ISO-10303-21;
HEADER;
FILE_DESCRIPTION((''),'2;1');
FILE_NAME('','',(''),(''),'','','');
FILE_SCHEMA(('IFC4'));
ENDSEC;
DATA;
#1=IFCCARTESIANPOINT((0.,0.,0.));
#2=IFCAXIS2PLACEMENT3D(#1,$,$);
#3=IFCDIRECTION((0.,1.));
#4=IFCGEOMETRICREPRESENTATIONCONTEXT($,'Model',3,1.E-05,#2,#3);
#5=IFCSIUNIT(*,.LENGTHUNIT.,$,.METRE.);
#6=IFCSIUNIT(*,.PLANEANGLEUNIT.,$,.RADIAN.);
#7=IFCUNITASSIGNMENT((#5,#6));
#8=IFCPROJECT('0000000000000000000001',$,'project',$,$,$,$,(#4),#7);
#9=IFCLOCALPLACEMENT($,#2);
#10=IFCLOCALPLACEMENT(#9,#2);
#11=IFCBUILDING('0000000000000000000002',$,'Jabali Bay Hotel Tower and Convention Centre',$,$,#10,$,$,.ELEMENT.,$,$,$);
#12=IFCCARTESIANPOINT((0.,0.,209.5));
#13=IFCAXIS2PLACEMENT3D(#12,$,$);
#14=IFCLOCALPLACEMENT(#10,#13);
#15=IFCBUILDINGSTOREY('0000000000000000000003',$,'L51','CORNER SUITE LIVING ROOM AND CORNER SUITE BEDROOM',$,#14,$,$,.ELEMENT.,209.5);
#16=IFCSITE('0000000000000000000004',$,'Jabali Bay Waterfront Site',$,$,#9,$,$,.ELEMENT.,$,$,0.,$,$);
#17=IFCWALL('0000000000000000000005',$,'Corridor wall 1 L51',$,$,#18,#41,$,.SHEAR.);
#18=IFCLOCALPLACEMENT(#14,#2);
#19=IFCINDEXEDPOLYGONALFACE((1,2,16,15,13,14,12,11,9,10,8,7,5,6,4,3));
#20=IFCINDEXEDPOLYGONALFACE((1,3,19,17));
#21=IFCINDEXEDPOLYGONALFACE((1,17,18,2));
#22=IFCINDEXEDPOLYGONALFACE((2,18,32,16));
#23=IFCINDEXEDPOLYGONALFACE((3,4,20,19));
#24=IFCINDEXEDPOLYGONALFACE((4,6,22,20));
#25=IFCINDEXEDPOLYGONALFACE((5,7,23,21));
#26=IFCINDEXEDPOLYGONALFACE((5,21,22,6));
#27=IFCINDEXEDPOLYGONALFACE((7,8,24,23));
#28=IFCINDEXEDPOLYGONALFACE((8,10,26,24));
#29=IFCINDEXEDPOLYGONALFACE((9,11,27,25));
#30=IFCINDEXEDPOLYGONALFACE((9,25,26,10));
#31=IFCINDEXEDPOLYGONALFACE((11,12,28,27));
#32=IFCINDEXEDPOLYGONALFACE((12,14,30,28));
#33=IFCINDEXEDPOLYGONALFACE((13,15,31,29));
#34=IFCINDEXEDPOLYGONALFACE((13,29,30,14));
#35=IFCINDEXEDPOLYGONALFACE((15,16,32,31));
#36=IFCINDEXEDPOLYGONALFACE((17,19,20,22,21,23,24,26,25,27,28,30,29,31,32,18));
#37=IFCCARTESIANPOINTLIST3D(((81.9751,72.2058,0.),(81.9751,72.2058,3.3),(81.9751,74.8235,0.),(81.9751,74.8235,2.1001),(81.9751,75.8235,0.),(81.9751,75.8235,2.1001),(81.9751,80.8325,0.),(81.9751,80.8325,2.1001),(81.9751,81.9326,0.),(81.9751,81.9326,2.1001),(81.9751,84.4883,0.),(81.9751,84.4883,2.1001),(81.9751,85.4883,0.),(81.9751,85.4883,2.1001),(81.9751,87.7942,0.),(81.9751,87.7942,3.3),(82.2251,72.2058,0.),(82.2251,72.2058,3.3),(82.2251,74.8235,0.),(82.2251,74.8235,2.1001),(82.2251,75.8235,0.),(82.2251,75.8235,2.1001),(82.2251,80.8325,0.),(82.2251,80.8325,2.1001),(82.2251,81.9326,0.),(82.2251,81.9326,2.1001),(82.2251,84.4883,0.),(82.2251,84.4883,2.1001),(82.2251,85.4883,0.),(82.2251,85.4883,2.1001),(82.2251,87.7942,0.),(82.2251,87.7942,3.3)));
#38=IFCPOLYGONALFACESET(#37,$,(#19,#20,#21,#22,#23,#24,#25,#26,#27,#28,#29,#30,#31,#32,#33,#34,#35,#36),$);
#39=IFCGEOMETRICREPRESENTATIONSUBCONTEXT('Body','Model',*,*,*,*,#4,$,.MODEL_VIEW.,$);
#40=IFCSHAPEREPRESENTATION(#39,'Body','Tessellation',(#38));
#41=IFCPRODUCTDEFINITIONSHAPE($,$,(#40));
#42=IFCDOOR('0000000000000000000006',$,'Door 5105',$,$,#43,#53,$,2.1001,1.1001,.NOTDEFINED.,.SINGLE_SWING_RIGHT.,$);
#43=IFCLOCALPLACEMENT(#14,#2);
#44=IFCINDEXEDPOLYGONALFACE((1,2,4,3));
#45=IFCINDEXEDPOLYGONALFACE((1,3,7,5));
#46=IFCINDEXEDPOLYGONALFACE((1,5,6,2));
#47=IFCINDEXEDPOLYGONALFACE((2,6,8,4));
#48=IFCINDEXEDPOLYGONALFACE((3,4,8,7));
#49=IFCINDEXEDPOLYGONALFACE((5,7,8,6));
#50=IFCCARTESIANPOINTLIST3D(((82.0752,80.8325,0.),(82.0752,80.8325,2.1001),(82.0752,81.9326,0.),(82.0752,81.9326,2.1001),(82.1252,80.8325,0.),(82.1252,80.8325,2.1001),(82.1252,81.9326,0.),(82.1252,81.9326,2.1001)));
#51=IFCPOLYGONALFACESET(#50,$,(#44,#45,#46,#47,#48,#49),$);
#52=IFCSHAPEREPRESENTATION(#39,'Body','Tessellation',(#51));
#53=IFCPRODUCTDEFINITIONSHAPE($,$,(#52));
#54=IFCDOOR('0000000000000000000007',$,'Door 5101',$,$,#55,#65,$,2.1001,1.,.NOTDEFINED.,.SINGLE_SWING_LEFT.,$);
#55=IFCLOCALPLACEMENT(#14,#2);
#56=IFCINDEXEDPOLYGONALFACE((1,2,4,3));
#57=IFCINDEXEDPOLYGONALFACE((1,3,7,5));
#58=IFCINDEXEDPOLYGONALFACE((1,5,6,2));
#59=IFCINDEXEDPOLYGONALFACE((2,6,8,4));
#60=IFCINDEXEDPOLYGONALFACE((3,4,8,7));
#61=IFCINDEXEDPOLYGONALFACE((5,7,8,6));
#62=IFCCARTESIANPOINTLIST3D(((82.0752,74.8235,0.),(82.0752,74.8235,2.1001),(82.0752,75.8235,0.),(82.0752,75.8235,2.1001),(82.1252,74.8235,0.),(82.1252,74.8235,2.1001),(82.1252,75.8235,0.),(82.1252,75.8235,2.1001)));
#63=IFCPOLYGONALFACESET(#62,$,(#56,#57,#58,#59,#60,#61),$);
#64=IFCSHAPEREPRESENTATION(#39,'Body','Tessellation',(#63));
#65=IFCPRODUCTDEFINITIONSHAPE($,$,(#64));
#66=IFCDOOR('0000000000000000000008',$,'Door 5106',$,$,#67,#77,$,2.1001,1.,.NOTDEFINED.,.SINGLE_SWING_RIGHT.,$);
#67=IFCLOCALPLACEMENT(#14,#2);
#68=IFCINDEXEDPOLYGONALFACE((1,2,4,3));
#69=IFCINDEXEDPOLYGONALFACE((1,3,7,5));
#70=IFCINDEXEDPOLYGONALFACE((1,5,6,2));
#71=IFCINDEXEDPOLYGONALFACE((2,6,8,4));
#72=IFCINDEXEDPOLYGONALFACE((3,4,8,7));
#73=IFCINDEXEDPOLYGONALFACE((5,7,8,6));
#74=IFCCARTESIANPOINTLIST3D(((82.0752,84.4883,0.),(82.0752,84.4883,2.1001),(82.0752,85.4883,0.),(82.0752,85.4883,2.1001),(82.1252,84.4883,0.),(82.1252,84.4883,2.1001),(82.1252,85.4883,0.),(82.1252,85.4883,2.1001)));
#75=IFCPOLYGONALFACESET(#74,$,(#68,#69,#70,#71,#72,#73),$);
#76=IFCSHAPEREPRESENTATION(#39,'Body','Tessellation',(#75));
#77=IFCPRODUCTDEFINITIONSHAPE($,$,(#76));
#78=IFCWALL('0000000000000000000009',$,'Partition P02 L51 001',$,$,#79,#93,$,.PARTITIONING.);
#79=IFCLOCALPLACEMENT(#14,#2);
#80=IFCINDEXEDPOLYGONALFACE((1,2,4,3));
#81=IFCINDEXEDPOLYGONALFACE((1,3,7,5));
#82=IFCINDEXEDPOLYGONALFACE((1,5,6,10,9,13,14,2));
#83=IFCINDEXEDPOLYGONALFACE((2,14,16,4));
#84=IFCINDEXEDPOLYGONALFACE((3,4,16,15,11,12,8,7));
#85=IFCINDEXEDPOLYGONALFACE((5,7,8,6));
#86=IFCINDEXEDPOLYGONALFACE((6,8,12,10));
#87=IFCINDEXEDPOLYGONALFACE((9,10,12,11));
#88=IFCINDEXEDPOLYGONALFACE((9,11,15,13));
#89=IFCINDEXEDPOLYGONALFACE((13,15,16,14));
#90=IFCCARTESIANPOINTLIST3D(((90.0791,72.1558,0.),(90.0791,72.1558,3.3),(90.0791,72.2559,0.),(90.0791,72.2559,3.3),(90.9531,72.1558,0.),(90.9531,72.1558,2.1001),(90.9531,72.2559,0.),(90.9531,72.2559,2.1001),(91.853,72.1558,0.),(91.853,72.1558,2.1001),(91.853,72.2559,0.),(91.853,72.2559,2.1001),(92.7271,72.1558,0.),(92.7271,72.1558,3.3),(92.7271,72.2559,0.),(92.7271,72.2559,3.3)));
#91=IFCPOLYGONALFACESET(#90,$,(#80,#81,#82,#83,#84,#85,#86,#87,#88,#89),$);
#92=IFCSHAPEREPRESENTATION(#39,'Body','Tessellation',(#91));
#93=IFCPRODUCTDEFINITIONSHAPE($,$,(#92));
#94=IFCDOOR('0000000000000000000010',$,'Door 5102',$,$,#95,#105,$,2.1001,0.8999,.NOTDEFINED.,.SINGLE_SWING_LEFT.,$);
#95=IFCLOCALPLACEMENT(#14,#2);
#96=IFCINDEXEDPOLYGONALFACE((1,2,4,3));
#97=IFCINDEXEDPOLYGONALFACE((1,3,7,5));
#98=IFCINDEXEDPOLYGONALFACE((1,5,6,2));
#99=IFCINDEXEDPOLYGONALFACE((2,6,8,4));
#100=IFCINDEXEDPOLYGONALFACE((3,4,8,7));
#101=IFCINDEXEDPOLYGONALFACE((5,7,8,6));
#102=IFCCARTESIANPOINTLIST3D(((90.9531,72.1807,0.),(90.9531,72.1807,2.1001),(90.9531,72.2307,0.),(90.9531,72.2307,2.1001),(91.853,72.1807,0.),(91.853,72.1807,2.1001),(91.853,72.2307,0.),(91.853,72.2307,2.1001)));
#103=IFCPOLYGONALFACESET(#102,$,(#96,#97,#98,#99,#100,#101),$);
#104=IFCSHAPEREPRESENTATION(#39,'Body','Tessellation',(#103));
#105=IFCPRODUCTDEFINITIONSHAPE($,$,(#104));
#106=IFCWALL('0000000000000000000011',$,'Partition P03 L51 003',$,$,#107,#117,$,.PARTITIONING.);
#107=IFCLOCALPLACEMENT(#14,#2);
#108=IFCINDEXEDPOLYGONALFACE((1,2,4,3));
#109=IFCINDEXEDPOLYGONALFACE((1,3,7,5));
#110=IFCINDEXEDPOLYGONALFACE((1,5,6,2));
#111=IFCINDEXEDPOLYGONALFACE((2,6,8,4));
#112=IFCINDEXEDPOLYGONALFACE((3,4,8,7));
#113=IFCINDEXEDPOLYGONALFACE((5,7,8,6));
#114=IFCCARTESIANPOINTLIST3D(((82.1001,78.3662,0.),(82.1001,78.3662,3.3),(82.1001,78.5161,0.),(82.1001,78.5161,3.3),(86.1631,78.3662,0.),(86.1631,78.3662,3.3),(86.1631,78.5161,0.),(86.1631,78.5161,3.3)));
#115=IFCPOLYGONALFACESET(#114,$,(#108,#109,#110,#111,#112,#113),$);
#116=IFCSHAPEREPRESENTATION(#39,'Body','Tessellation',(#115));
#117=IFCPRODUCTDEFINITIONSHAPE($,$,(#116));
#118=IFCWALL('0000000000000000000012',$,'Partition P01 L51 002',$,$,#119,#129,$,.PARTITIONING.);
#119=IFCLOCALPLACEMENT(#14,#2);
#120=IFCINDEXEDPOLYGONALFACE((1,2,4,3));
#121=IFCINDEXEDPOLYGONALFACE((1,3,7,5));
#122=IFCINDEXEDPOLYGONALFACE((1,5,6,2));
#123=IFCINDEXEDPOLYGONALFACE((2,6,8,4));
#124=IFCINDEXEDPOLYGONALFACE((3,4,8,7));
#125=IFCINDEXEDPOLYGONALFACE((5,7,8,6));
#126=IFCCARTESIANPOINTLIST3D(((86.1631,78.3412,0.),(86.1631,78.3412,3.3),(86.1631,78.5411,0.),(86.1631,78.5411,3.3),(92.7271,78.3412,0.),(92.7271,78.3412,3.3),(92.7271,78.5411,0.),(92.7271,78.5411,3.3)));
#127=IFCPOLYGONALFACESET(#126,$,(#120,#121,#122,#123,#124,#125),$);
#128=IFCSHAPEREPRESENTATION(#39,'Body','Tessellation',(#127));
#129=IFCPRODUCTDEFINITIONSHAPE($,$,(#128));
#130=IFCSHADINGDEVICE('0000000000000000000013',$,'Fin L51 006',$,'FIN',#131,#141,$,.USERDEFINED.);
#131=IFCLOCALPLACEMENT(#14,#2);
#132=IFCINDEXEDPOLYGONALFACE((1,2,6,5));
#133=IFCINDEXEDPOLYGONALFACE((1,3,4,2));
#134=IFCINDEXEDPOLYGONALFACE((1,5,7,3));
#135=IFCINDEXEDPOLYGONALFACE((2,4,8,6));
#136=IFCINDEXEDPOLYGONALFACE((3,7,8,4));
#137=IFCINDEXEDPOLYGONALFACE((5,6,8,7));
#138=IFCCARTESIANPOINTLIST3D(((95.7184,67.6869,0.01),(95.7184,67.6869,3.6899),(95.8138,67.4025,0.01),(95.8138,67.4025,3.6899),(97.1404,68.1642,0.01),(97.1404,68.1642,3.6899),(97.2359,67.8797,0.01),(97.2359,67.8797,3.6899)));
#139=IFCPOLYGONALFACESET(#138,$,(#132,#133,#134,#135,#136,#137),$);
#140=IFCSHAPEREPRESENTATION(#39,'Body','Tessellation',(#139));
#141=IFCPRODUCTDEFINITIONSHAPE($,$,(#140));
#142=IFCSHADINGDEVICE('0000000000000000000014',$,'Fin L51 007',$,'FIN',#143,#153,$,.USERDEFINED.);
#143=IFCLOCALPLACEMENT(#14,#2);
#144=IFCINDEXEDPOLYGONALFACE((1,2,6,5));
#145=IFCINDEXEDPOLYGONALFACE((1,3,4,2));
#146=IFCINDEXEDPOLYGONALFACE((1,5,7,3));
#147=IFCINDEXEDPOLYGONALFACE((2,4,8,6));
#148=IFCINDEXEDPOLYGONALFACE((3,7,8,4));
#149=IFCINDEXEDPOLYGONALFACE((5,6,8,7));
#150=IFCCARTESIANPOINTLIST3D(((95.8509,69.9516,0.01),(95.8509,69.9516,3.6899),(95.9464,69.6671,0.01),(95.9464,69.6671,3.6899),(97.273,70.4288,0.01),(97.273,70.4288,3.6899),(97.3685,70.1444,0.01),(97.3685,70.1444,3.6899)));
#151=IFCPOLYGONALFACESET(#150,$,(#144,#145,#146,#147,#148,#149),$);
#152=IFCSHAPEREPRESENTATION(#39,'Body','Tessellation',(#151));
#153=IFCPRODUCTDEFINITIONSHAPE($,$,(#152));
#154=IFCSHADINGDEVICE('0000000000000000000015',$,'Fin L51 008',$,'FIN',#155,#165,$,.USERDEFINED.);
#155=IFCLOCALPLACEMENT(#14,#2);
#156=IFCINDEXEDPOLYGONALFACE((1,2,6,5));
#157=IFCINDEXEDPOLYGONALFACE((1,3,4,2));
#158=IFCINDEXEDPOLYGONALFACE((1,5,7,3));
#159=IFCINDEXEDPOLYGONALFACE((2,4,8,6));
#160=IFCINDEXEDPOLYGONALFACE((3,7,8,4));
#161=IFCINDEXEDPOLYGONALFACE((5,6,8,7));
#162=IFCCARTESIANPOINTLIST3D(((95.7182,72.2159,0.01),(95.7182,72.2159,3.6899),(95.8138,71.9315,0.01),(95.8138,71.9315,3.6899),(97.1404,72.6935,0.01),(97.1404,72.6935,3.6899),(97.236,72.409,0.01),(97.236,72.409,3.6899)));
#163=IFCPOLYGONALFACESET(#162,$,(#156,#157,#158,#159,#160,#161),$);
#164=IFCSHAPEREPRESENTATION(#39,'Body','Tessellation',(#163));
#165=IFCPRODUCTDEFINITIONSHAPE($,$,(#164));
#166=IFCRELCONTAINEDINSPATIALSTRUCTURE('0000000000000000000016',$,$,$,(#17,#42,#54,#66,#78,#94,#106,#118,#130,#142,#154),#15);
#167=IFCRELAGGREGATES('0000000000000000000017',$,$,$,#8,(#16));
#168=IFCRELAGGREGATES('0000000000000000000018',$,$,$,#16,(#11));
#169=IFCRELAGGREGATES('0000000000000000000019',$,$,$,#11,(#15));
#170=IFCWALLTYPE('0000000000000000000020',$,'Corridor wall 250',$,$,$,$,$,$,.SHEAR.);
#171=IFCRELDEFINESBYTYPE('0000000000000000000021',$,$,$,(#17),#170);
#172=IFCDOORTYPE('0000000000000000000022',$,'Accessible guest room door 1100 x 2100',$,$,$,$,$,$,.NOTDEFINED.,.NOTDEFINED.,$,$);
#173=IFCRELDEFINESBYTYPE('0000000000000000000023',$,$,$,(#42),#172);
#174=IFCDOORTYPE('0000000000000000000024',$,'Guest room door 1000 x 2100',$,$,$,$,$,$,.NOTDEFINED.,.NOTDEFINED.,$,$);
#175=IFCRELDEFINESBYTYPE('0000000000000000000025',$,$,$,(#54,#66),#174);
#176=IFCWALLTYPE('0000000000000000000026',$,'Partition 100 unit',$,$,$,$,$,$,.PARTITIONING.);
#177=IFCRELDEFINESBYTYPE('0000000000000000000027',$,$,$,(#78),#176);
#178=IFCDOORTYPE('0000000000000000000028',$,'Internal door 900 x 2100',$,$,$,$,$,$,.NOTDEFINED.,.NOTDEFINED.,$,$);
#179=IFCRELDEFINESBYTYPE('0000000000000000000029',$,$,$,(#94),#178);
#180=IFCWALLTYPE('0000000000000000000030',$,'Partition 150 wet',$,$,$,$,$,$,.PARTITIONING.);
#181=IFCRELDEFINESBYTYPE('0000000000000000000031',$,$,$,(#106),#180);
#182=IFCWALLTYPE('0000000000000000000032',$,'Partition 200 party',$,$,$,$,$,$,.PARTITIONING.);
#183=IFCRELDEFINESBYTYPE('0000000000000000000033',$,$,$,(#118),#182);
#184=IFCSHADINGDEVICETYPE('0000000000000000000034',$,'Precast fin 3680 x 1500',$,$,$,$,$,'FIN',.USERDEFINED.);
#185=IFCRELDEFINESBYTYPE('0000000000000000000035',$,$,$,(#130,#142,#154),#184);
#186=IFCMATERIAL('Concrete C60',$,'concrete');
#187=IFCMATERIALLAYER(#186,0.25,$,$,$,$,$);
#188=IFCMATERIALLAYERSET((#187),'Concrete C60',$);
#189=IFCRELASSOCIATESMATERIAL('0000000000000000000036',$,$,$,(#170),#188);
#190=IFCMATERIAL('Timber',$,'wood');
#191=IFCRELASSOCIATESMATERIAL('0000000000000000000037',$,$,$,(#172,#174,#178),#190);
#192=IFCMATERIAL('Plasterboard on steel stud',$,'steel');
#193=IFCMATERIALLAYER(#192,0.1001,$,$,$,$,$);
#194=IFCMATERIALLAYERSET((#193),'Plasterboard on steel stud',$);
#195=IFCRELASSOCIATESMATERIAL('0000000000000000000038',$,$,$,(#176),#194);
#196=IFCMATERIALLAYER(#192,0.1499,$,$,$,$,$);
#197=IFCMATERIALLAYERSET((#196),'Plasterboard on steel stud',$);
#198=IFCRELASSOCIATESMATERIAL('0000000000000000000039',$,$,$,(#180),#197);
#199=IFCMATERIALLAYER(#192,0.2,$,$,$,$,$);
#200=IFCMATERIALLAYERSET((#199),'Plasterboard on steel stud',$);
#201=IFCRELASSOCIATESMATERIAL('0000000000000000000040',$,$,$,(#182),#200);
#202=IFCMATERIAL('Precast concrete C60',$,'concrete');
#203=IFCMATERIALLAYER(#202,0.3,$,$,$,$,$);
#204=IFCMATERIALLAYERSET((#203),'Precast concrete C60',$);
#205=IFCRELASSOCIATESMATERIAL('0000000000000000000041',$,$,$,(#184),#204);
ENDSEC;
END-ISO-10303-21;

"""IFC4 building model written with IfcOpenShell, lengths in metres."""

from ifc_helpers import new_model, si_unit, direction, frame, frame_2d, origin, place, context, subcontext, project, spatial, rectangle, extrude, material, layer, layer_set, type_object, element, fill, save


model = new_model("IFC4")

# Units and contexts
model_context = context("Model", 3, precision=1e-05, world=origin(), true_north=direction((0.0, 1.0)))
body_context = subcontext(model_context, "Body", "Model", "MODEL_VIEW")
ifc_project = project(units=[si_unit("LENGTHUNIT", "METRE"), si_unit("PLANEANGLEUNIT", "RADIAN")], contexts=[model_context])

# Site, building, storey
site_placement = place(None, origin())
site = spatial("IfcSite", under=ifc_project, at=site_placement, Name="Jabali Bay Waterfront Site", CompositionType="ELEMENT", RefElevation=0.0)
building_placement = place(site_placement, origin())
building = spatial("IfcBuilding", under=site, at=building_placement, Name="Jabali Bay Hotel Tower and Convention Centre", CompositionType="ELEMENT")
storey_placement = place(building_placement, frame((0.0, 0.0, 209.5)))
storey = spatial("IfcBuildingStorey", under=building, at=storey_placement, Name="L51", Description="CORNER SUITE LIVING ROOM AND CORNER SUITE BEDROOM", CompositionType="ELEMENT", Elevation=209.5)

# Shared definitions
ifc_material_1 = material(Name="Concrete C60", Category="concrete")

# Wall, openings, doors
ifc_layer_1 = layer(ifc_material_1, 0.25)
ifc_layer_set_1 = layer_set([ifc_layer_1], Name="Concrete C60")
wall_type_1 = type_object("IfcWallType", Name="Corridor wall 250", PredefinedType="SHEAR", material=ifc_layer_set_1)
wall_1_placement = place(storey_placement, frame((82.1001, 72.2058, 0.0), z_axis=(0.0, 0.0, 1.0), x_axis=(0.0, 1.0, 0.0)))
wall_1 = element("IfcWall", 1, at=wall_1_placement, inside=storey, type_object=wall_type_1, Name="Corridor wall 1 L51", PredefinedType="SHEAR", context=body_context, shape_type="SweptSolid", body=[
    extrude(rectangle(XDim=15.5884, YDim=0.25, at=frame_2d((7.7942, 0.0))), origin(), (0.0, 0.0, 1.0), 3.3),
])
opening_1_placement = place(wall_1_placement, frame((2.6177, 0.0, 0.0)))
opening_1 = element("IfcOpeningElement", 2, at=opening_1_placement, cuts=wall_1, PredefinedType="OPENING", context=body_context, shape_type="SweptSolid", body=[
    extrude(rectangle(XDim=1.0, YDim=2.1001, at=frame_2d((0.5, 1.05))), frame((0.0, 0.1355, 0.0), z_axis=(0.0, -1.0, 0.0), x_axis=(1.0, 0.0, 0.0)), (0.0, 0.0, 1.0), 0.271),
])
opening_2_placement = place(wall_1_placement, frame((8.6267, 0.0, 0.0)))
opening_2 = element("IfcOpeningElement", 3, at=opening_2_placement, cuts=wall_1, PredefinedType="OPENING", context=body_context, shape_type="SweptSolid", body=[
    extrude(rectangle(XDim=1.1001, YDim=2.1001, at=frame_2d((0.55, 1.05))), frame((0.0, 0.1355, 0.0), z_axis=(0.0, -1.0, 0.0), x_axis=(1.0, 0.0, 0.0)), (0.0, 0.0, 1.0), 0.271),
])
opening_3_placement = place(wall_1_placement, frame((12.2825, 0.0, 0.0)))
opening_3 = element("IfcOpeningElement", 4, at=opening_3_placement, cuts=wall_1, PredefinedType="OPENING", context=body_context, shape_type="SweptSolid", body=[
    extrude(rectangle(XDim=1.0, YDim=2.1001, at=frame_2d((0.5, 1.05))), frame((0.0, 0.1355, 0.0), z_axis=(0.0, -1.0, 0.0), x_axis=(1.0, 0.0, 0.0)), (0.0, 0.0, 1.0), 0.271),
])
ifc_material_2 = material(Name="Timber", Category="wood")
door_type_1 = type_object("IfcDoorType", Name="Accessible guest room door 1100 x 2100", OperationType="NOTDEFINED", PredefinedType="NOTDEFINED", material=ifc_material_2)
door_1_placement = place(opening_2_placement, origin())
door_1 = element("IfcDoor", 5, at=door_1_placement, inside=storey, type_object=door_type_1, Name="Door 5105", OperationType="SINGLE_SWING_RIGHT", OverallHeight=2.1001, OverallWidth=1.1001, PredefinedType="NOTDEFINED", context=body_context, shape_type="SweptSolid", body=[
    extrude(rectangle(XDim=1.1001, YDim=2.1001, at=frame_2d((0.55, 1.05))), frame((0.0, 0.0249, 0.0), z_axis=(0.0, -1.0, 0.0), x_axis=(1.0, 0.0, 0.0)), (0.0, 0.0, 1.0), 0.05),
])
fill(opening_2, door_1)
door_type_2 = type_object("IfcDoorType", Name="Guest room door 1000 x 2100", OperationType="NOTDEFINED", PredefinedType="NOTDEFINED", material=ifc_material_2)
door_2_placement = place(opening_1_placement, origin())
door_2 = element("IfcDoor", 6, at=door_2_placement, inside=storey, type_object=door_type_2, Name="Door 5101", OperationType="SINGLE_SWING_LEFT", OverallHeight=2.1001, OverallWidth=1.0, PredefinedType="NOTDEFINED", context=body_context, shape_type="SweptSolid", body=[
    extrude(rectangle(XDim=1.0, YDim=2.1001, at=frame_2d((0.5, 1.05))), frame((0.0, 0.0249, 0.0), z_axis=(0.0, -1.0, 0.0), x_axis=(1.0, 0.0, 0.0)), (0.0, 0.0, 1.0), 0.05),
])
fill(opening_1, door_2)
door_3_placement = place(opening_3_placement, origin())
door_3 = element("IfcDoor", 7, at=door_3_placement, inside=storey, type_object=door_type_2, Name="Door 5106", OperationType="SINGLE_SWING_RIGHT", OverallHeight=2.1001, OverallWidth=1.0, PredefinedType="NOTDEFINED", context=body_context, shape_type="SweptSolid", body=[
    extrude(rectangle(XDim=1.0, YDim=2.1001, at=frame_2d((0.5, 1.05))), frame((0.0, 0.0249, 0.0), z_axis=(0.0, -1.0, 0.0), x_axis=(1.0, 0.0, 0.0)), (0.0, 0.0, 1.0), 0.05),
])
fill(opening_3, door_3)

# Wall, opening, door
ifc_material_3 = material(Name="Plasterboard on steel stud", Category="steel")
ifc_layer_2 = layer(ifc_material_3, 0.1001)
ifc_layer_set_2 = layer_set([ifc_layer_2], Name="Plasterboard on steel stud")
wall_type_2 = type_object("IfcWallType", Name="Partition 100 unit", PredefinedType="PARTITIONING", material=ifc_layer_set_2)
wall_2_placement = place(storey_placement, frame((90.0791, 72.2058, 0.0), z_axis=(0.0, 0.0, 1.0), x_axis=(1.0, 0.0, 0.0)))
wall_2 = element("IfcWall", 8, at=wall_2_placement, inside=storey, type_object=wall_type_2, Name="Partition P02 L51 001", PredefinedType="PARTITIONING", context=body_context, shape_type="SweptSolid", body=[
    extrude(rectangle(XDim=2.6479, YDim=0.1001, at=frame_2d((1.324, 0.0))), origin(), (0.0, 0.0, 1.0), 3.3),
])
opening_4_placement = place(wall_2_placement, frame((0.874, 0.0, 0.0)))
opening_4 = element("IfcOpeningElement", 9, at=opening_4_placement, cuts=wall_2, PredefinedType="OPENING", context=body_context, shape_type="SweptSolid", body=[
    extrude(rectangle(XDim=0.8999, YDim=2.1001, at=frame_2d((0.45, 1.05))), frame((0.0, 0.0605, 0.0), z_axis=(0.0, -1.0, 0.0), x_axis=(1.0, 0.0, 0.0)), (0.0, 0.0, 1.0), 0.1211),
])
door_type_3 = type_object("IfcDoorType", Name="Internal door 900 x 2100", OperationType="NOTDEFINED", PredefinedType="NOTDEFINED", material=ifc_material_2)
door_4_placement = place(opening_4_placement, origin())
door_4 = element("IfcDoor", 10, at=door_4_placement, inside=storey, type_object=door_type_3, Name="Door 5102", OperationType="SINGLE_SWING_LEFT", OverallHeight=2.1001, OverallWidth=0.8999, PredefinedType="NOTDEFINED", context=body_context, shape_type="SweptSolid", body=[
    extrude(rectangle(XDim=0.8999, YDim=2.1001, at=frame_2d((0.45, 1.05))), frame((0.0, 0.0249, 0.0), z_axis=(0.0, -1.0, 0.0), x_axis=(1.0, 0.0, 0.0)), (0.0, 0.0, 1.0), 0.05),
])
fill(opening_4, door_4)

# Walls
ifc_layer_3 = layer(ifc_material_3, 0.1499)
ifc_layer_set_3 = layer_set([ifc_layer_3], Name="Plasterboard on steel stud")
wall_type_3 = type_object("IfcWallType", Name="Partition 150 wet", PredefinedType="PARTITIONING", material=ifc_layer_set_3)
wall_3_placement = place(storey_placement, frame((86.1631, 78.4412, 0.0), z_axis=(0.0, 0.0, 1.0), x_axis=(-1.0, 0.0, 0.0)))
element("IfcWall", 11, at=wall_3_placement, inside=storey, type_object=wall_type_3, Name="Partition P03 L51 003", PredefinedType="PARTITIONING", context=body_context, shape_type="SweptSolid", body=[
    extrude(rectangle(XDim=4.063, YDim=0.1499, at=frame_2d((2.0315, 0.0))), origin(), (0.0, 0.0, 1.0), 3.3),
])
ifc_layer_4 = layer(ifc_material_3, 0.2)
ifc_layer_set_4 = layer_set([ifc_layer_4], Name="Plasterboard on steel stud")
wall_type_4 = type_object("IfcWallType", Name="Partition 200 party", PredefinedType="PARTITIONING", material=ifc_layer_set_4)
wall_4_placement = place(storey_placement, frame((92.7271, 78.4412, 0.0), z_axis=(0.0, 0.0, 1.0), x_axis=(-1.0, 0.0, 0.0)))
element("IfcWall", 12, at=wall_4_placement, inside=storey, type_object=wall_type_4, Name="Partition P01 L51 002", PredefinedType="PARTITIONING", context=body_context, shape_type="SweptSolid", body=[
    extrude(rectangle(XDim=6.564, YDim=0.2, at=frame_2d((3.282, 0.0))), origin(), (0.0, 0.0, 1.0), 3.3),
])

# Shading devices
ifc_material_4 = material(Name="Precast concrete C60", Category="concrete")
ifc_layer_5 = layer(ifc_material_4, 0.3)
ifc_layer_set_5 = layer_set([ifc_layer_5], Name="Precast concrete C60")
shading_device_type = type_object("IfcShadingDeviceType", Name="Precast fin 3680 x 1500", ElementType="FIN", PredefinedType="USERDEFINED", material=ifc_layer_set_5)
for number, where, z_axis, x_axis, name in (
    (13, (95.7661, 67.5447, 0.01), (0.0, 0.0, 1.0), (0.94803, 0.31818, 0.0), "Fin L51 006"),
    (14, (95.8987, 69.8093, 0.01), (0.0, 0.0, 1.0), (0.94803, 0.31818, 0.0), "Fin L51 007"),
):
    element("IfcShadingDevice", number, at=place(storey_placement, frame(where, z_axis=z_axis, x_axis=x_axis)), inside=storey, type_object=shading_device_type, Name=name, ObjectType="FIN", PredefinedType="USERDEFINED", context=body_context, shape_type="SweptSolid", body=[
        extrude(rectangle(XDim=1.5, YDim=0.3, at=frame_2d((0.75, 0.0))), origin(), (0.0, 0.0, 1.0), 3.6799),
    ])
shading_device_placement = place(storey_placement, frame((95.7661, 72.0737, 0.01), z_axis=(0.0, 0.0, 1.0), x_axis=(0.947981, 0.318326, 0.0)))
element("IfcShadingDevice", 15, at=shading_device_placement, inside=storey, type_object=shading_device_type, Name="Fin L51 008", ObjectType="FIN", PredefinedType="USERDEFINED", context=body_context, shape_type="SweptSolid", body=[
    extrude(rectangle(XDim=1.5002, YDim=0.3, at=frame_2d((0.75, 0.0))), origin(), (0.0, 0.0, 1.0), 3.6799),
])

save(model, "model.ifc")
